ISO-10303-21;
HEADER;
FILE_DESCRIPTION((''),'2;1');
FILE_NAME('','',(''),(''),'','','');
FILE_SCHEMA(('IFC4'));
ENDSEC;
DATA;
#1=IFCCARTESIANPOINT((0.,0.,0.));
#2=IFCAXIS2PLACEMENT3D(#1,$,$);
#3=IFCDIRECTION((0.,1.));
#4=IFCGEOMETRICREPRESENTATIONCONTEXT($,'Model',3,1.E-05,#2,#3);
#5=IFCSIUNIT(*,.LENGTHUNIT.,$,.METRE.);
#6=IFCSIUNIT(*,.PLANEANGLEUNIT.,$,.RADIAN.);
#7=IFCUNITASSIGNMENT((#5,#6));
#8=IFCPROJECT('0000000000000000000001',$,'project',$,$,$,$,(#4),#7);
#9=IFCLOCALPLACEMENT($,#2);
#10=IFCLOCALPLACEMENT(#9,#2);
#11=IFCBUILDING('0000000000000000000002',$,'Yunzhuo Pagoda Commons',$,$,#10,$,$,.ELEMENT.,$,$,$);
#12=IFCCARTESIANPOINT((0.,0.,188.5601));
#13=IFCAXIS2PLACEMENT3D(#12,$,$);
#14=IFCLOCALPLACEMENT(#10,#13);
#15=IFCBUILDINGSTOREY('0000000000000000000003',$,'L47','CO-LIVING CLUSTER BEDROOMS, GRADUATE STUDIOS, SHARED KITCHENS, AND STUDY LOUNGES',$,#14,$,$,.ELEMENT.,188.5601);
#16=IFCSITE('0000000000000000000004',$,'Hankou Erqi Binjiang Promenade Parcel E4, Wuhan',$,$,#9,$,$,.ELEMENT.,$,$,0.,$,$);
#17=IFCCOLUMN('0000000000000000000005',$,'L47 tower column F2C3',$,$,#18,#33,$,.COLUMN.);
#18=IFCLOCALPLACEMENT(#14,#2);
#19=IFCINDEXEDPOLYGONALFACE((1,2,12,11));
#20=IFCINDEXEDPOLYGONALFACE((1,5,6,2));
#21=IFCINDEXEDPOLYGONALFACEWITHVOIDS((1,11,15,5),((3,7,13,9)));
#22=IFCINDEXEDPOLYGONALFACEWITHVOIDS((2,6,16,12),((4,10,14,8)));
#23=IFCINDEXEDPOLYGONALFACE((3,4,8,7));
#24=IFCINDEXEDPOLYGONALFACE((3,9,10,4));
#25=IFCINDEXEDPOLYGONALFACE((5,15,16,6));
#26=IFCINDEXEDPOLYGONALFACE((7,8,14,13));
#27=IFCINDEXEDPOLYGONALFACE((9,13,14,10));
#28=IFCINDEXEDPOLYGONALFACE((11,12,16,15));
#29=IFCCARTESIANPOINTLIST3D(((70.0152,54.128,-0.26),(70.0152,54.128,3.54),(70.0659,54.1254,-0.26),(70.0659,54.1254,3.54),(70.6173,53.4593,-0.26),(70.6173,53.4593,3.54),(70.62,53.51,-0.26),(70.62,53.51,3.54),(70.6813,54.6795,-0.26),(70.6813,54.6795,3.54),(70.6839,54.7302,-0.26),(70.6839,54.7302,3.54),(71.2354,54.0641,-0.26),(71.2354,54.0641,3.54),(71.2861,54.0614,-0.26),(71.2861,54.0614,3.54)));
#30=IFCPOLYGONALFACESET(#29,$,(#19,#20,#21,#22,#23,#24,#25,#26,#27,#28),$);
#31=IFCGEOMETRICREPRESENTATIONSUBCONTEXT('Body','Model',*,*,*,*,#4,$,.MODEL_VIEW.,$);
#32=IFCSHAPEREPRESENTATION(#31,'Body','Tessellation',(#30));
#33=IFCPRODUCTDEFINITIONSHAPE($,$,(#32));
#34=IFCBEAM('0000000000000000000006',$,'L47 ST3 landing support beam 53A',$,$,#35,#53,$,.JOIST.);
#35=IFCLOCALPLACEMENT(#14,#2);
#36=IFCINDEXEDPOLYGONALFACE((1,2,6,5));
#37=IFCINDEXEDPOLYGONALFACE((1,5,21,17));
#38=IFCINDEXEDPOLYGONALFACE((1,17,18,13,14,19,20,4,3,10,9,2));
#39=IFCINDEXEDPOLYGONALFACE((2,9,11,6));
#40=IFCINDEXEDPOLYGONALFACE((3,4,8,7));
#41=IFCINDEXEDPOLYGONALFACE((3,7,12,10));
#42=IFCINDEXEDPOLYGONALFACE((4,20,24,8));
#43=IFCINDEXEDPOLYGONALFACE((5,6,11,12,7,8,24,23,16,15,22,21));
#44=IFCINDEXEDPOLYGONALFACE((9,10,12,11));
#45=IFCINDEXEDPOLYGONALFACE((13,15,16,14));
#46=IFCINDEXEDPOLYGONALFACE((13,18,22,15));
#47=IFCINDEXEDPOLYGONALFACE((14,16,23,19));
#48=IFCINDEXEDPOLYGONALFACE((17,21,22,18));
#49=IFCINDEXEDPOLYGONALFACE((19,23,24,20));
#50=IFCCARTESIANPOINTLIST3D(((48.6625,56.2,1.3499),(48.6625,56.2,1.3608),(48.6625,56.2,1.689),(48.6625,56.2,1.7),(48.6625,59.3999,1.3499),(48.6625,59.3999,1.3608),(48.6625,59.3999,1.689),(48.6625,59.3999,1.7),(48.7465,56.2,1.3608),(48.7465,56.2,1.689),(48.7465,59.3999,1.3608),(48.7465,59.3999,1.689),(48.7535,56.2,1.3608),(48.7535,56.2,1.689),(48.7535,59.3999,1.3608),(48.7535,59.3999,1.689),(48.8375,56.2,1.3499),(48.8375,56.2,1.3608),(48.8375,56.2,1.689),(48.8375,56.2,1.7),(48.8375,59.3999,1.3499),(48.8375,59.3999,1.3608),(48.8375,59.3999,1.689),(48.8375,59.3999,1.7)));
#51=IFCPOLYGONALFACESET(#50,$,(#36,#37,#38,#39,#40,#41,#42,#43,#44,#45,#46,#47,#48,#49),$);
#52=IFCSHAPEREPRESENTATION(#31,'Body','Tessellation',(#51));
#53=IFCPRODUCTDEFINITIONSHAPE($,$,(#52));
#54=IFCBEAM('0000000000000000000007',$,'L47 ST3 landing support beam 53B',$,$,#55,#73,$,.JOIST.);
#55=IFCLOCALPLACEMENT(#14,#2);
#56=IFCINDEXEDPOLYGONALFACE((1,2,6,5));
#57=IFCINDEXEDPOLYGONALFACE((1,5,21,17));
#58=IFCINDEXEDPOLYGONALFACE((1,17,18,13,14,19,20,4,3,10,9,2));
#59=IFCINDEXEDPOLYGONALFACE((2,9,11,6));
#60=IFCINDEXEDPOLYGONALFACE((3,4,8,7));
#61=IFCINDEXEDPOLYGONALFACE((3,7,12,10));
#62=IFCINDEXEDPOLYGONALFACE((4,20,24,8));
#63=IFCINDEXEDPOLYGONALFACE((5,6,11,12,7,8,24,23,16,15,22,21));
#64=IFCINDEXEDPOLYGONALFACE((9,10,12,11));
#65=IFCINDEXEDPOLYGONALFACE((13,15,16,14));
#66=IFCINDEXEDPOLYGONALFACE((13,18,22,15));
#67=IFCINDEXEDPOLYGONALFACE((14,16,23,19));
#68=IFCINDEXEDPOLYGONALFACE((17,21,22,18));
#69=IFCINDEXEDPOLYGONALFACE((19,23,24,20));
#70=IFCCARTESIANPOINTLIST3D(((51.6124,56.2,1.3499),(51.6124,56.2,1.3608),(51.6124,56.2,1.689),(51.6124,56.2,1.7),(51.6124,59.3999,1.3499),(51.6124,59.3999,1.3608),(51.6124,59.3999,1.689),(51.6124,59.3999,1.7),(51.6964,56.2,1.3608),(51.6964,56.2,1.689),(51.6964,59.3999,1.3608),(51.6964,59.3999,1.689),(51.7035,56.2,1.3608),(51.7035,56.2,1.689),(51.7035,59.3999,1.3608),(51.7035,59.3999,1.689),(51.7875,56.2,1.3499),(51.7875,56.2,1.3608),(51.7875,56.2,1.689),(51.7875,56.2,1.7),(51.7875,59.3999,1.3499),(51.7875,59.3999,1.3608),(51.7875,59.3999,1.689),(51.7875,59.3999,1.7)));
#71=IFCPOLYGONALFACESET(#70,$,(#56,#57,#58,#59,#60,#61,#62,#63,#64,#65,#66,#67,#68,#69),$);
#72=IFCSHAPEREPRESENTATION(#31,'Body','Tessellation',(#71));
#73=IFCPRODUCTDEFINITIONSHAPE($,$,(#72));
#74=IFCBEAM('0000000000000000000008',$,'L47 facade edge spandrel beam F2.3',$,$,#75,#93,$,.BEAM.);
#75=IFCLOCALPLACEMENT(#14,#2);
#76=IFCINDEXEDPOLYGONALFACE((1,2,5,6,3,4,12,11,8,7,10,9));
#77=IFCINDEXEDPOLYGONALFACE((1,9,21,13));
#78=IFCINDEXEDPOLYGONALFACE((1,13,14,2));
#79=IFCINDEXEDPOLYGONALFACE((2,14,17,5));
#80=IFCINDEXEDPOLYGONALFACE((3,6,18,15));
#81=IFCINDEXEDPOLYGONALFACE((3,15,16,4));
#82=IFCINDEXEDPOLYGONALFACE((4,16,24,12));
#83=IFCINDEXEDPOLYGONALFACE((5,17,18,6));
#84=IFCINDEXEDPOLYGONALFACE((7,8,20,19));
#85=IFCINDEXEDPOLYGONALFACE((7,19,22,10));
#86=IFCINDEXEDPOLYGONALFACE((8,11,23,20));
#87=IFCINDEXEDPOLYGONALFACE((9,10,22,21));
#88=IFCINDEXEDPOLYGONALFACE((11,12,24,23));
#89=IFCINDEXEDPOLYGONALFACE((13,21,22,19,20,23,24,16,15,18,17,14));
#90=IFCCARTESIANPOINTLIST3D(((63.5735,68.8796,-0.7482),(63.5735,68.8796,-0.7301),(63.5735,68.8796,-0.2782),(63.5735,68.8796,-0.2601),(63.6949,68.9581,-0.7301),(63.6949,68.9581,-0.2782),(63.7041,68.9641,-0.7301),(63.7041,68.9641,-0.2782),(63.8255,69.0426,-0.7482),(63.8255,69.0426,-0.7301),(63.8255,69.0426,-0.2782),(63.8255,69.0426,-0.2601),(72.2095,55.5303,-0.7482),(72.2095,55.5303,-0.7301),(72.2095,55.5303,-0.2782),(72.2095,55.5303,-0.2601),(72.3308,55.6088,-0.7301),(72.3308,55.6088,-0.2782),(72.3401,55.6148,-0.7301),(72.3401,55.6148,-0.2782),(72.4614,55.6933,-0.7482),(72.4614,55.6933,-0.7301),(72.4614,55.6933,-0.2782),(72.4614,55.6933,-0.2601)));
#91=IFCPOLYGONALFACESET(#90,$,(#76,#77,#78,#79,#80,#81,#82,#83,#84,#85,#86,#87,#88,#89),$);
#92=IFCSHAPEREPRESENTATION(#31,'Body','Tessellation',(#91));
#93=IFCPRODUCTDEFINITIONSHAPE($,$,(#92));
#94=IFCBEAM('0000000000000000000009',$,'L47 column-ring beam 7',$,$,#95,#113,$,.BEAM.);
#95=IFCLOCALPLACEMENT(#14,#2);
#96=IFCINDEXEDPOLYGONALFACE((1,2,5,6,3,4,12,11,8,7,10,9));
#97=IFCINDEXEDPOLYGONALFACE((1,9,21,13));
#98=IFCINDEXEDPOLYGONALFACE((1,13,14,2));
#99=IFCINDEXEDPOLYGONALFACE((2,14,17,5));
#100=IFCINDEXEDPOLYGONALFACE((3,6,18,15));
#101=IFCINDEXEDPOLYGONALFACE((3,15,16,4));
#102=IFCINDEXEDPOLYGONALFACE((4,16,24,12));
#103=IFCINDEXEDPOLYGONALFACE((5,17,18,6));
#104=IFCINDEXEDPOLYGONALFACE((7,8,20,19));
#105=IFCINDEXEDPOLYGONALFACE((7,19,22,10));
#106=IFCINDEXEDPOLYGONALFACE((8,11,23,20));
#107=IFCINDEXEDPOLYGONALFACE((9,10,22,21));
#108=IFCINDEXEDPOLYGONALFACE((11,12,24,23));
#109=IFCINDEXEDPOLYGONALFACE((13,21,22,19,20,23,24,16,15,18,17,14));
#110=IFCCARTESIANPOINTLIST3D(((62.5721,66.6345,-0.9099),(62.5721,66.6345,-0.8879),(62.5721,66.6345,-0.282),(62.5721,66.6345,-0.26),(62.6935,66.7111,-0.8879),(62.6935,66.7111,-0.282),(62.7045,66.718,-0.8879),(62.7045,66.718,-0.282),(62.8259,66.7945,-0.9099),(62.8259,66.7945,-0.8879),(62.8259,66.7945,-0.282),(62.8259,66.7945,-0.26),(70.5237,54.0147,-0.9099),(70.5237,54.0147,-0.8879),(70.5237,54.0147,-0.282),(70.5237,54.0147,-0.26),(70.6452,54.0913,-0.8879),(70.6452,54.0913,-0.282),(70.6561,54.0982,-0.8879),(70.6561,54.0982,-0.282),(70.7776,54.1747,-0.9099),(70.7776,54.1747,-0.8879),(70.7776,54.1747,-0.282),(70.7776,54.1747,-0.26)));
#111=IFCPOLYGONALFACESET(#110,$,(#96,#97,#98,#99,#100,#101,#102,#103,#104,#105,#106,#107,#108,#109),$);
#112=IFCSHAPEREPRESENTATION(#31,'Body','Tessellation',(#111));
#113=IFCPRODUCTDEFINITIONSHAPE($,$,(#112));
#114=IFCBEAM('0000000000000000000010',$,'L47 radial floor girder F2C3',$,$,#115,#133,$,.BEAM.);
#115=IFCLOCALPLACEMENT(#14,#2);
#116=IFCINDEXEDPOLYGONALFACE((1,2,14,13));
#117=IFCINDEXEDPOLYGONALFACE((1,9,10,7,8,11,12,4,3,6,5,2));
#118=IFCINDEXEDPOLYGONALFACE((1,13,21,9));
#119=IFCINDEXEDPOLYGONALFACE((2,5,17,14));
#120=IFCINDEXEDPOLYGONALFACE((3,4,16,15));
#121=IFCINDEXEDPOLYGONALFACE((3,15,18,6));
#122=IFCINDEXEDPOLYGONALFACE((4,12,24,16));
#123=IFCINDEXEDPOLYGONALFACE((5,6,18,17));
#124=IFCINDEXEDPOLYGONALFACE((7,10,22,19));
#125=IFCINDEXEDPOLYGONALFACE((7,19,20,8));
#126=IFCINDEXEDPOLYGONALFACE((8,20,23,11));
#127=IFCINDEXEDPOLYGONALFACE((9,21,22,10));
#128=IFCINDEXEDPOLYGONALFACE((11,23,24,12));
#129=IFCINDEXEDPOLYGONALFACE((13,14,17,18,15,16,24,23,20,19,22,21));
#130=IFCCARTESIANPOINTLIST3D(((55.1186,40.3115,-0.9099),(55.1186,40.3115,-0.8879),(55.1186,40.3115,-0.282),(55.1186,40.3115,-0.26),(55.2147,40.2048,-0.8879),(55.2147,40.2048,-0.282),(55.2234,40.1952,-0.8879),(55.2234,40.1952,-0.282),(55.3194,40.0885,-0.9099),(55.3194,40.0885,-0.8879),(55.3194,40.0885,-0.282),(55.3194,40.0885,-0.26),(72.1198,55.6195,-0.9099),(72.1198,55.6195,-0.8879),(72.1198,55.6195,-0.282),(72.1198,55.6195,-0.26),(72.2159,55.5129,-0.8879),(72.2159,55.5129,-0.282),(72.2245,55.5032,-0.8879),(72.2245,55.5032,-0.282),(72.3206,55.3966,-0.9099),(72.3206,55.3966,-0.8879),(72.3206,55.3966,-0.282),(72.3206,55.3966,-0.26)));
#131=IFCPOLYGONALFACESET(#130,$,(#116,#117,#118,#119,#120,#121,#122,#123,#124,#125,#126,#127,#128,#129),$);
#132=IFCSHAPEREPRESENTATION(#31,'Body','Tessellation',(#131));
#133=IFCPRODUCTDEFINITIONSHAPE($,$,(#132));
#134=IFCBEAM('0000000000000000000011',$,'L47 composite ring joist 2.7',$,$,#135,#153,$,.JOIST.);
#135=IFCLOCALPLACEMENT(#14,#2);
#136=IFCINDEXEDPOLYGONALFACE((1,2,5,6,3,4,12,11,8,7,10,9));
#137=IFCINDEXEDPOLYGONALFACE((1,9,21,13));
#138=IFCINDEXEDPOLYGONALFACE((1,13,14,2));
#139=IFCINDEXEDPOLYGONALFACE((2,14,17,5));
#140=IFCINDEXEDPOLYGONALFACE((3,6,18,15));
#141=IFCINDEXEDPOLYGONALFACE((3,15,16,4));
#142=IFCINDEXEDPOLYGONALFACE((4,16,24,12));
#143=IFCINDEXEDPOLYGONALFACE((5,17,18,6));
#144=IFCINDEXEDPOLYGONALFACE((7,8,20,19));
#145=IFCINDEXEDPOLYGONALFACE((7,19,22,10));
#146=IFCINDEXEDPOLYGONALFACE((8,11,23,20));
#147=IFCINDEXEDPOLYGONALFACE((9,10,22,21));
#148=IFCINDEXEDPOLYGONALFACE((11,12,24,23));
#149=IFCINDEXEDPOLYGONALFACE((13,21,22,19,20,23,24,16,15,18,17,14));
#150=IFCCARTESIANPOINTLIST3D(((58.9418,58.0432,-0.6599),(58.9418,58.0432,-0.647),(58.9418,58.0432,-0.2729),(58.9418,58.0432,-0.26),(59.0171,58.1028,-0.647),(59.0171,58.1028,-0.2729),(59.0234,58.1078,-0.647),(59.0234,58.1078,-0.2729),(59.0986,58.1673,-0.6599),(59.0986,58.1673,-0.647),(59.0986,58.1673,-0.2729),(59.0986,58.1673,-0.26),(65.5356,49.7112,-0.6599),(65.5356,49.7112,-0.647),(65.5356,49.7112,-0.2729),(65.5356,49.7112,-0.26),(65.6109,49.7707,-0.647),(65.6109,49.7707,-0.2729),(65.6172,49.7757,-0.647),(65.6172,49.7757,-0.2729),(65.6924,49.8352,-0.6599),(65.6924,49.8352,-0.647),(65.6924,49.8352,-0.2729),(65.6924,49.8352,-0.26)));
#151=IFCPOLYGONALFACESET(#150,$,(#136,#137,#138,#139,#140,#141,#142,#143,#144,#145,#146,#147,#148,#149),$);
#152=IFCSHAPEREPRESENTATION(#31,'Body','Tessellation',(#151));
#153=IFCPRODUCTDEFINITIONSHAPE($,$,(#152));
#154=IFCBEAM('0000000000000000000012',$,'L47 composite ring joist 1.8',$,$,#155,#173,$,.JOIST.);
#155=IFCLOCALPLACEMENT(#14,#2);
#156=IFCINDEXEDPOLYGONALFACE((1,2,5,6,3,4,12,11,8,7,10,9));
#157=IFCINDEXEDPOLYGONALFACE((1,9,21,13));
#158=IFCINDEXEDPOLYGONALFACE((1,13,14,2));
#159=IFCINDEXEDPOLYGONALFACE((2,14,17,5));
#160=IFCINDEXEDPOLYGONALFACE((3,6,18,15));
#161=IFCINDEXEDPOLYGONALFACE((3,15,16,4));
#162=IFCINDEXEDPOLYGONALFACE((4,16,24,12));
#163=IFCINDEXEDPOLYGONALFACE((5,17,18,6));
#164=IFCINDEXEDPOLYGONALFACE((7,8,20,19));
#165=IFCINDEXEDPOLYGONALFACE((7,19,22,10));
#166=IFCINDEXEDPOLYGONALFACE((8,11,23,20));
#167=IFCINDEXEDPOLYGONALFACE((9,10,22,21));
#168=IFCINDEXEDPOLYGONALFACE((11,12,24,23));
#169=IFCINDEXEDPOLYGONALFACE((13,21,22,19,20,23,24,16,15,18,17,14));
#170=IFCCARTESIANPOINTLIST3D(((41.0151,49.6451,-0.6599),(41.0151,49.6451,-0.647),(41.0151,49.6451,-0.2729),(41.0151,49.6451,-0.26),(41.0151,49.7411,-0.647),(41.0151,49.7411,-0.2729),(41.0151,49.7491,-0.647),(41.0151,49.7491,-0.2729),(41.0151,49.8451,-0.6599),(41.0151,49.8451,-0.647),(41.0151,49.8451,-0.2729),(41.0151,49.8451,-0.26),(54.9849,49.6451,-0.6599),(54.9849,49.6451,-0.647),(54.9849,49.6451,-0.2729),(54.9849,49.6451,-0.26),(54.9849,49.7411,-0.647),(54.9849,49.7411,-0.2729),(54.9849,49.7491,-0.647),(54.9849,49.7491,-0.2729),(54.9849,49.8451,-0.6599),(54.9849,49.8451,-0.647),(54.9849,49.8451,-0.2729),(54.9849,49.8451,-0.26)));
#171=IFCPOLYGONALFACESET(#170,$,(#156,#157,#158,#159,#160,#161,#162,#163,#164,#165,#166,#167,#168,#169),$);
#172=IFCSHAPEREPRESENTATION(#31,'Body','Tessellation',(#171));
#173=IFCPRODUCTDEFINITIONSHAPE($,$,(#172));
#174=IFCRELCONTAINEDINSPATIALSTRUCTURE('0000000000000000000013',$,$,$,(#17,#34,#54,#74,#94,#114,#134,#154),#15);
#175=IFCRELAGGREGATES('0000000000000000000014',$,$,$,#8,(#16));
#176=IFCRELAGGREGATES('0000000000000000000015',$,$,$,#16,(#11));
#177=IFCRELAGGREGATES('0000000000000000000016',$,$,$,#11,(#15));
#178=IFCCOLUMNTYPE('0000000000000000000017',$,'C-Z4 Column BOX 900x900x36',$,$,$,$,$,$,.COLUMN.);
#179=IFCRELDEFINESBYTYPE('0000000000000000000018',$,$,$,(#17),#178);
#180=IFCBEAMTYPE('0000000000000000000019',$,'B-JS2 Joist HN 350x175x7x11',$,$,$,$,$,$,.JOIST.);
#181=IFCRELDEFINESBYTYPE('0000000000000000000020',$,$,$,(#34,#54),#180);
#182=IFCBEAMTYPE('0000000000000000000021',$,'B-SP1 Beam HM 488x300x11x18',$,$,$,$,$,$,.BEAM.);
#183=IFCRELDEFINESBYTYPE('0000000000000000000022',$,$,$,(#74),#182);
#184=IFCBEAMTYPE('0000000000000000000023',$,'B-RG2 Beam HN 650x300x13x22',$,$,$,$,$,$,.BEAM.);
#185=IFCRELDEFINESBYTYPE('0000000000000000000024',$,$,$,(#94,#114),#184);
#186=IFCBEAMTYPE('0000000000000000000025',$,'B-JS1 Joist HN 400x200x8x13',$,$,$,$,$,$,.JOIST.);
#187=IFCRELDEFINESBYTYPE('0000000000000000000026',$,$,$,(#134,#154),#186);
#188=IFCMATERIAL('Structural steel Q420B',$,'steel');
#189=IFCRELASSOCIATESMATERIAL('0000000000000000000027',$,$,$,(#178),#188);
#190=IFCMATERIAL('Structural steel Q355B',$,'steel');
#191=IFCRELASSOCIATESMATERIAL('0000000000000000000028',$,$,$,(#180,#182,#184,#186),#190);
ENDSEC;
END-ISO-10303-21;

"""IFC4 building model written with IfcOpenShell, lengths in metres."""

from ifc_helpers import new_model, si_unit, direction, frame, origin, origin_2d, place, context, subcontext, project, spatial, hollow_rectangle, i_section, extrude, source, transform, mapped, material, material_profile, profile_set, type_object, element, save


model = new_model("IFC4")

# Units and contexts
model_context = context("Model", 3, precision=1e-05, world=origin(), true_north=direction((0.0, 1.0)))
body_context = subcontext(model_context, "Body", "Model", "MODEL_VIEW")
ifc_project = project(units=[si_unit("LENGTHUNIT", "METRE"), si_unit("PLANEANGLEUNIT", "RADIAN")], contexts=[model_context])

# Site, building, storey
site_placement = place(None, origin())
site = spatial("IfcSite", under=ifc_project, at=site_placement, Name="Hankou Erqi Binjiang Promenade Parcel E4, Wuhan", CompositionType="ELEMENT", RefElevation=0.0)
building_placement = place(site_placement, origin())
building = spatial("IfcBuilding", under=site, at=building_placement, Name="Yunzhuo Pagoda Commons", CompositionType="ELEMENT")
storey_placement = place(building_placement, frame((0.0, 0.0, 188.5601)))
storey = spatial("IfcBuildingStorey", under=building, at=storey_placement, Name="L47", Description="CO-LIVING CLUSTER BEDROOMS, GRADUATE STUDIOS, SHARED KITCHENS, AND STUDY LOUNGES", CompositionType="ELEMENT", Elevation=188.5601)

# Column
ifc_material_1 = material(Name="Structural steel Q420B", Category="steel")
ifc_material_profile_1 = material_profile(ifc_material_1, hollow_rectangle(XDim=0.8999, YDim=0.8999, WallThickness=0.0359, at=origin_2d()), Name="Structural steel Q420B")
ifc_profile_set_1 = profile_set([ifc_material_profile_1], Name="Structural steel Q420B")
column_type = type_object("IfcColumnType", Name="C-Z4 Column BOX 900x900x36", PredefinedType="COLUMN", material=ifc_profile_set_1)
shared_shape_1 = source(origin(), body_context, "Body", "SweptSolid", [
    extrude(hollow_rectangle(XDim=0.8999, YDim=0.8999, WallThickness=0.0359, at=origin_2d()), origin(), (0.0, 0.0, 1.0), 3.8),
])
column_placement = place(storey_placement, frame((70.6506, 54.0947, -0.26), z_axis=(0.0, 0.0, 1.0), x_axis=(-0.669131, 0.743145, 0.0)))
element("IfcColumn", 1, at=column_placement, inside=storey, type_object=column_type, Name="L47 tower column F2C3", PredefinedType="COLUMN", context=body_context, shape_type="MappedRepresentation", body=[
    mapped(shared_shape_1, transform((0.0, 0.0, 0.0), scale=1.0)),
])

# Beams
ifc_material_2 = material(Name="Structural steel Q355B", Category="steel")
ifc_material_profile_2 = material_profile(ifc_material_2, i_section(OverallWidth=0.175, OverallDepth=0.3501, WebThickness=0.0071, FlangeThickness=0.011, at=origin_2d()), Name="Structural steel Q355B")
ifc_profile_set_2 = profile_set([ifc_material_profile_2], Name="Structural steel Q355B")
beam_type_1 = type_object("IfcBeamType", Name="B-JS2 Joist HN 350x175x7x11", PredefinedType="JOIST", material=ifc_profile_set_2)
shared_shape_2 = source(origin(), body_context, "Body", "SweptSolid", [
    extrude(i_section(OverallWidth=0.175, OverallDepth=0.3501, WebThickness=0.0071, FlangeThickness=0.011, at=origin_2d()), origin(), (0.0, 0.0, 1.0), 3.2),
])
for number, where, z_axis, x_axis, name in (
    (2, (48.75, 56.2, 1.5249), (0.0, 1.0, 0.0), (-1.0, 0.0, 0.0), "L47 ST3 landing support beam 53A"),
    (3, (51.7, 56.2, 1.5249), (0.0, 1.0, 0.0), (-1.0, 0.0, 0.0), "L47 ST3 landing support beam 53B"),
):
    element("IfcBeam", number, at=place(storey_placement, frame(where, z_axis=z_axis, x_axis=x_axis)), inside=storey, type_object=beam_type_1, Name=name, PredefinedType="JOIST", context=body_context, shape_type="MappedRepresentation", body=[
        mapped(shared_shape_2, transform((0.0, 0.0, 0.0), scale=1.0)),
    ])
ifc_material_profile_3 = material_profile(ifc_material_2, i_section(OverallWidth=0.3, OverallDepth=0.488, WebThickness=0.011, FlangeThickness=0.0181, at=origin_2d()), Name="Structural steel Q355B")
ifc_profile_set_3 = profile_set([ifc_material_profile_3], Name="Structural steel Q355B")
beam_type_2 = type_object("IfcBeamType", Name="B-SP1 Beam HM 488x300x11x18", PredefinedType="BEAM", material=ifc_profile_set_3)
shared_shape_3 = source(origin(), body_context, "Body", "SweptSolid", [
    extrude(i_section(OverallWidth=0.3, OverallDepth=0.488, WebThickness=0.011, FlangeThickness=0.0181, at=origin_2d()), origin(), (0.0, 0.0, 1.0), 15.8992),
])
beam_1_placement = place(storey_placement, frame((72.3354, 55.6118, -0.5042), z_axis=(-0.54317, 0.839623, 0.0), x_axis=(-0.839623, -0.54317, 0.0)))
element("IfcBeam", 4, at=beam_1_placement, inside=storey, type_object=beam_type_2, Name="L47 facade edge spandrel beam F2.3", PredefinedType="BEAM", context=body_context, shape_type="MappedRepresentation", body=[
    mapped(shared_shape_3, transform((0.0, 0.0, 0.0), scale=1.0)),
])
ifc_material_profile_4 = material_profile(ifc_material_2, i_section(OverallWidth=0.3, OverallDepth=0.6499, WebThickness=0.0129, FlangeThickness=0.022, at=origin_2d()), Name="Structural steel Q355B")
ifc_profile_set_4 = profile_set([ifc_material_profile_4], Name="Structural steel Q355B")
beam_type_3 = type_object("IfcBeamType", Name="B-RG2 Beam HN 650x300x13x22", PredefinedType="BEAM", material=ifc_profile_set_4)
shared_shape_4 = source(origin(), body_context, "Body", "SweptSolid", [
    extrude(i_section(OverallWidth=0.3, OverallDepth=0.6499, WebThickness=0.0129, FlangeThickness=0.022, at=origin_2d()), origin(), (0.0, 0.0, 1.0), 14.916),
])
beam_2_placement = place(storey_placement, frame((70.6506, 54.0947, -0.585), z_axis=(-0.533092, 0.846057, 0.0), x_axis=(-0.846057, -0.533092, 0.0)))
element("IfcBeam", 5, at=beam_2_placement, inside=storey, type_object=beam_type_3, Name="L47 column-ring beam 7", PredefinedType="BEAM", context=body_context, shape_type="MappedRepresentation", body=[
    mapped(shared_shape_4, transform((0.0, 0.0, 0.0), scale=1.0)),
])
shared_shape_5 = source(origin(), body_context, "Body", "SweptSolid", [
    extrude(i_section(OverallWidth=0.3, OverallDepth=0.6499, WebThickness=0.0129, FlangeThickness=0.022, at=origin_2d()), origin(), (0.0, 0.0, 1.0), 22.8774),
])
beam_3_placement = place(storey_placement, frame((72.2202, 55.5081, -0.585), z_axis=(-0.743142, -0.669134, 0.0), x_axis=(0.669134, -0.743142, 0.0)))
element("IfcBeam", 6, at=beam_3_placement, inside=storey, type_object=beam_type_3, Name="L47 radial floor girder F2C3", PredefinedType="BEAM", context=body_context, shape_type="MappedRepresentation", body=[
    mapped(shared_shape_5, transform((0.0, 0.0, 0.0), scale=1.0)),
])
ifc_material_profile_5 = material_profile(ifc_material_2, i_section(OverallWidth=0.2, OverallDepth=0.3999, WebThickness=0.0081, FlangeThickness=0.0129, at=origin_2d()), Name="Structural steel Q355B")
ifc_profile_set_5 = profile_set([ifc_material_profile_5], Name="Structural steel Q355B")
beam_type_4 = type_object("IfcBeamType", Name="B-JS1 Joist HN 400x200x8x13", PredefinedType="JOIST", material=ifc_profile_set_5)
shared_shape_6 = source(origin(), body_context, "Body", "SweptSolid", [
    extrude(i_section(OverallWidth=0.2, OverallDepth=0.3999, WebThickness=0.0081, FlangeThickness=0.0129, at=origin_2d()), origin(), (0.0, 0.0, 1.0), 10.6255),
])
beam_4_placement = place(storey_placement, frame((65.614, 49.7732, -0.46), z_axis=(-0.620562, 0.784158, 0.0), x_axis=(-0.784158, -0.620562, 0.0)))
element("IfcBeam", 7, at=beam_4_placement, inside=storey, type_object=beam_type_4, Name="L47 composite ring joist 2.7", PredefinedType="JOIST", context=body_context, shape_type="MappedRepresentation", body=[
    mapped(shared_shape_6, transform((0.0, 0.0, 0.0), scale=1.0)),
])
shared_shape_7 = source(origin(), body_context, "Body", "SweptSolid", [
    extrude(i_section(OverallWidth=0.2, OverallDepth=0.3999, WebThickness=0.0081, FlangeThickness=0.0129, at=origin_2d()), origin(), (0.0, 0.0, 1.0), 13.9697),
])
beam_5_placement = place(storey_placement, frame((54.9849, 49.7451, -0.46), z_axis=(-1.0, 0.0, 0.0), x_axis=(0.0, -1.0, 0.0)))
element("IfcBeam", 8, at=beam_5_placement, inside=storey, type_object=beam_type_4, Name="L47 composite ring joist 1.8", PredefinedType="JOIST", context=body_context, shape_type="MappedRepresentation", body=[
    mapped(shared_shape_7, transform((0.0, 0.0, 0.0), scale=1.0)),
])

save(model, "model.ifc")
